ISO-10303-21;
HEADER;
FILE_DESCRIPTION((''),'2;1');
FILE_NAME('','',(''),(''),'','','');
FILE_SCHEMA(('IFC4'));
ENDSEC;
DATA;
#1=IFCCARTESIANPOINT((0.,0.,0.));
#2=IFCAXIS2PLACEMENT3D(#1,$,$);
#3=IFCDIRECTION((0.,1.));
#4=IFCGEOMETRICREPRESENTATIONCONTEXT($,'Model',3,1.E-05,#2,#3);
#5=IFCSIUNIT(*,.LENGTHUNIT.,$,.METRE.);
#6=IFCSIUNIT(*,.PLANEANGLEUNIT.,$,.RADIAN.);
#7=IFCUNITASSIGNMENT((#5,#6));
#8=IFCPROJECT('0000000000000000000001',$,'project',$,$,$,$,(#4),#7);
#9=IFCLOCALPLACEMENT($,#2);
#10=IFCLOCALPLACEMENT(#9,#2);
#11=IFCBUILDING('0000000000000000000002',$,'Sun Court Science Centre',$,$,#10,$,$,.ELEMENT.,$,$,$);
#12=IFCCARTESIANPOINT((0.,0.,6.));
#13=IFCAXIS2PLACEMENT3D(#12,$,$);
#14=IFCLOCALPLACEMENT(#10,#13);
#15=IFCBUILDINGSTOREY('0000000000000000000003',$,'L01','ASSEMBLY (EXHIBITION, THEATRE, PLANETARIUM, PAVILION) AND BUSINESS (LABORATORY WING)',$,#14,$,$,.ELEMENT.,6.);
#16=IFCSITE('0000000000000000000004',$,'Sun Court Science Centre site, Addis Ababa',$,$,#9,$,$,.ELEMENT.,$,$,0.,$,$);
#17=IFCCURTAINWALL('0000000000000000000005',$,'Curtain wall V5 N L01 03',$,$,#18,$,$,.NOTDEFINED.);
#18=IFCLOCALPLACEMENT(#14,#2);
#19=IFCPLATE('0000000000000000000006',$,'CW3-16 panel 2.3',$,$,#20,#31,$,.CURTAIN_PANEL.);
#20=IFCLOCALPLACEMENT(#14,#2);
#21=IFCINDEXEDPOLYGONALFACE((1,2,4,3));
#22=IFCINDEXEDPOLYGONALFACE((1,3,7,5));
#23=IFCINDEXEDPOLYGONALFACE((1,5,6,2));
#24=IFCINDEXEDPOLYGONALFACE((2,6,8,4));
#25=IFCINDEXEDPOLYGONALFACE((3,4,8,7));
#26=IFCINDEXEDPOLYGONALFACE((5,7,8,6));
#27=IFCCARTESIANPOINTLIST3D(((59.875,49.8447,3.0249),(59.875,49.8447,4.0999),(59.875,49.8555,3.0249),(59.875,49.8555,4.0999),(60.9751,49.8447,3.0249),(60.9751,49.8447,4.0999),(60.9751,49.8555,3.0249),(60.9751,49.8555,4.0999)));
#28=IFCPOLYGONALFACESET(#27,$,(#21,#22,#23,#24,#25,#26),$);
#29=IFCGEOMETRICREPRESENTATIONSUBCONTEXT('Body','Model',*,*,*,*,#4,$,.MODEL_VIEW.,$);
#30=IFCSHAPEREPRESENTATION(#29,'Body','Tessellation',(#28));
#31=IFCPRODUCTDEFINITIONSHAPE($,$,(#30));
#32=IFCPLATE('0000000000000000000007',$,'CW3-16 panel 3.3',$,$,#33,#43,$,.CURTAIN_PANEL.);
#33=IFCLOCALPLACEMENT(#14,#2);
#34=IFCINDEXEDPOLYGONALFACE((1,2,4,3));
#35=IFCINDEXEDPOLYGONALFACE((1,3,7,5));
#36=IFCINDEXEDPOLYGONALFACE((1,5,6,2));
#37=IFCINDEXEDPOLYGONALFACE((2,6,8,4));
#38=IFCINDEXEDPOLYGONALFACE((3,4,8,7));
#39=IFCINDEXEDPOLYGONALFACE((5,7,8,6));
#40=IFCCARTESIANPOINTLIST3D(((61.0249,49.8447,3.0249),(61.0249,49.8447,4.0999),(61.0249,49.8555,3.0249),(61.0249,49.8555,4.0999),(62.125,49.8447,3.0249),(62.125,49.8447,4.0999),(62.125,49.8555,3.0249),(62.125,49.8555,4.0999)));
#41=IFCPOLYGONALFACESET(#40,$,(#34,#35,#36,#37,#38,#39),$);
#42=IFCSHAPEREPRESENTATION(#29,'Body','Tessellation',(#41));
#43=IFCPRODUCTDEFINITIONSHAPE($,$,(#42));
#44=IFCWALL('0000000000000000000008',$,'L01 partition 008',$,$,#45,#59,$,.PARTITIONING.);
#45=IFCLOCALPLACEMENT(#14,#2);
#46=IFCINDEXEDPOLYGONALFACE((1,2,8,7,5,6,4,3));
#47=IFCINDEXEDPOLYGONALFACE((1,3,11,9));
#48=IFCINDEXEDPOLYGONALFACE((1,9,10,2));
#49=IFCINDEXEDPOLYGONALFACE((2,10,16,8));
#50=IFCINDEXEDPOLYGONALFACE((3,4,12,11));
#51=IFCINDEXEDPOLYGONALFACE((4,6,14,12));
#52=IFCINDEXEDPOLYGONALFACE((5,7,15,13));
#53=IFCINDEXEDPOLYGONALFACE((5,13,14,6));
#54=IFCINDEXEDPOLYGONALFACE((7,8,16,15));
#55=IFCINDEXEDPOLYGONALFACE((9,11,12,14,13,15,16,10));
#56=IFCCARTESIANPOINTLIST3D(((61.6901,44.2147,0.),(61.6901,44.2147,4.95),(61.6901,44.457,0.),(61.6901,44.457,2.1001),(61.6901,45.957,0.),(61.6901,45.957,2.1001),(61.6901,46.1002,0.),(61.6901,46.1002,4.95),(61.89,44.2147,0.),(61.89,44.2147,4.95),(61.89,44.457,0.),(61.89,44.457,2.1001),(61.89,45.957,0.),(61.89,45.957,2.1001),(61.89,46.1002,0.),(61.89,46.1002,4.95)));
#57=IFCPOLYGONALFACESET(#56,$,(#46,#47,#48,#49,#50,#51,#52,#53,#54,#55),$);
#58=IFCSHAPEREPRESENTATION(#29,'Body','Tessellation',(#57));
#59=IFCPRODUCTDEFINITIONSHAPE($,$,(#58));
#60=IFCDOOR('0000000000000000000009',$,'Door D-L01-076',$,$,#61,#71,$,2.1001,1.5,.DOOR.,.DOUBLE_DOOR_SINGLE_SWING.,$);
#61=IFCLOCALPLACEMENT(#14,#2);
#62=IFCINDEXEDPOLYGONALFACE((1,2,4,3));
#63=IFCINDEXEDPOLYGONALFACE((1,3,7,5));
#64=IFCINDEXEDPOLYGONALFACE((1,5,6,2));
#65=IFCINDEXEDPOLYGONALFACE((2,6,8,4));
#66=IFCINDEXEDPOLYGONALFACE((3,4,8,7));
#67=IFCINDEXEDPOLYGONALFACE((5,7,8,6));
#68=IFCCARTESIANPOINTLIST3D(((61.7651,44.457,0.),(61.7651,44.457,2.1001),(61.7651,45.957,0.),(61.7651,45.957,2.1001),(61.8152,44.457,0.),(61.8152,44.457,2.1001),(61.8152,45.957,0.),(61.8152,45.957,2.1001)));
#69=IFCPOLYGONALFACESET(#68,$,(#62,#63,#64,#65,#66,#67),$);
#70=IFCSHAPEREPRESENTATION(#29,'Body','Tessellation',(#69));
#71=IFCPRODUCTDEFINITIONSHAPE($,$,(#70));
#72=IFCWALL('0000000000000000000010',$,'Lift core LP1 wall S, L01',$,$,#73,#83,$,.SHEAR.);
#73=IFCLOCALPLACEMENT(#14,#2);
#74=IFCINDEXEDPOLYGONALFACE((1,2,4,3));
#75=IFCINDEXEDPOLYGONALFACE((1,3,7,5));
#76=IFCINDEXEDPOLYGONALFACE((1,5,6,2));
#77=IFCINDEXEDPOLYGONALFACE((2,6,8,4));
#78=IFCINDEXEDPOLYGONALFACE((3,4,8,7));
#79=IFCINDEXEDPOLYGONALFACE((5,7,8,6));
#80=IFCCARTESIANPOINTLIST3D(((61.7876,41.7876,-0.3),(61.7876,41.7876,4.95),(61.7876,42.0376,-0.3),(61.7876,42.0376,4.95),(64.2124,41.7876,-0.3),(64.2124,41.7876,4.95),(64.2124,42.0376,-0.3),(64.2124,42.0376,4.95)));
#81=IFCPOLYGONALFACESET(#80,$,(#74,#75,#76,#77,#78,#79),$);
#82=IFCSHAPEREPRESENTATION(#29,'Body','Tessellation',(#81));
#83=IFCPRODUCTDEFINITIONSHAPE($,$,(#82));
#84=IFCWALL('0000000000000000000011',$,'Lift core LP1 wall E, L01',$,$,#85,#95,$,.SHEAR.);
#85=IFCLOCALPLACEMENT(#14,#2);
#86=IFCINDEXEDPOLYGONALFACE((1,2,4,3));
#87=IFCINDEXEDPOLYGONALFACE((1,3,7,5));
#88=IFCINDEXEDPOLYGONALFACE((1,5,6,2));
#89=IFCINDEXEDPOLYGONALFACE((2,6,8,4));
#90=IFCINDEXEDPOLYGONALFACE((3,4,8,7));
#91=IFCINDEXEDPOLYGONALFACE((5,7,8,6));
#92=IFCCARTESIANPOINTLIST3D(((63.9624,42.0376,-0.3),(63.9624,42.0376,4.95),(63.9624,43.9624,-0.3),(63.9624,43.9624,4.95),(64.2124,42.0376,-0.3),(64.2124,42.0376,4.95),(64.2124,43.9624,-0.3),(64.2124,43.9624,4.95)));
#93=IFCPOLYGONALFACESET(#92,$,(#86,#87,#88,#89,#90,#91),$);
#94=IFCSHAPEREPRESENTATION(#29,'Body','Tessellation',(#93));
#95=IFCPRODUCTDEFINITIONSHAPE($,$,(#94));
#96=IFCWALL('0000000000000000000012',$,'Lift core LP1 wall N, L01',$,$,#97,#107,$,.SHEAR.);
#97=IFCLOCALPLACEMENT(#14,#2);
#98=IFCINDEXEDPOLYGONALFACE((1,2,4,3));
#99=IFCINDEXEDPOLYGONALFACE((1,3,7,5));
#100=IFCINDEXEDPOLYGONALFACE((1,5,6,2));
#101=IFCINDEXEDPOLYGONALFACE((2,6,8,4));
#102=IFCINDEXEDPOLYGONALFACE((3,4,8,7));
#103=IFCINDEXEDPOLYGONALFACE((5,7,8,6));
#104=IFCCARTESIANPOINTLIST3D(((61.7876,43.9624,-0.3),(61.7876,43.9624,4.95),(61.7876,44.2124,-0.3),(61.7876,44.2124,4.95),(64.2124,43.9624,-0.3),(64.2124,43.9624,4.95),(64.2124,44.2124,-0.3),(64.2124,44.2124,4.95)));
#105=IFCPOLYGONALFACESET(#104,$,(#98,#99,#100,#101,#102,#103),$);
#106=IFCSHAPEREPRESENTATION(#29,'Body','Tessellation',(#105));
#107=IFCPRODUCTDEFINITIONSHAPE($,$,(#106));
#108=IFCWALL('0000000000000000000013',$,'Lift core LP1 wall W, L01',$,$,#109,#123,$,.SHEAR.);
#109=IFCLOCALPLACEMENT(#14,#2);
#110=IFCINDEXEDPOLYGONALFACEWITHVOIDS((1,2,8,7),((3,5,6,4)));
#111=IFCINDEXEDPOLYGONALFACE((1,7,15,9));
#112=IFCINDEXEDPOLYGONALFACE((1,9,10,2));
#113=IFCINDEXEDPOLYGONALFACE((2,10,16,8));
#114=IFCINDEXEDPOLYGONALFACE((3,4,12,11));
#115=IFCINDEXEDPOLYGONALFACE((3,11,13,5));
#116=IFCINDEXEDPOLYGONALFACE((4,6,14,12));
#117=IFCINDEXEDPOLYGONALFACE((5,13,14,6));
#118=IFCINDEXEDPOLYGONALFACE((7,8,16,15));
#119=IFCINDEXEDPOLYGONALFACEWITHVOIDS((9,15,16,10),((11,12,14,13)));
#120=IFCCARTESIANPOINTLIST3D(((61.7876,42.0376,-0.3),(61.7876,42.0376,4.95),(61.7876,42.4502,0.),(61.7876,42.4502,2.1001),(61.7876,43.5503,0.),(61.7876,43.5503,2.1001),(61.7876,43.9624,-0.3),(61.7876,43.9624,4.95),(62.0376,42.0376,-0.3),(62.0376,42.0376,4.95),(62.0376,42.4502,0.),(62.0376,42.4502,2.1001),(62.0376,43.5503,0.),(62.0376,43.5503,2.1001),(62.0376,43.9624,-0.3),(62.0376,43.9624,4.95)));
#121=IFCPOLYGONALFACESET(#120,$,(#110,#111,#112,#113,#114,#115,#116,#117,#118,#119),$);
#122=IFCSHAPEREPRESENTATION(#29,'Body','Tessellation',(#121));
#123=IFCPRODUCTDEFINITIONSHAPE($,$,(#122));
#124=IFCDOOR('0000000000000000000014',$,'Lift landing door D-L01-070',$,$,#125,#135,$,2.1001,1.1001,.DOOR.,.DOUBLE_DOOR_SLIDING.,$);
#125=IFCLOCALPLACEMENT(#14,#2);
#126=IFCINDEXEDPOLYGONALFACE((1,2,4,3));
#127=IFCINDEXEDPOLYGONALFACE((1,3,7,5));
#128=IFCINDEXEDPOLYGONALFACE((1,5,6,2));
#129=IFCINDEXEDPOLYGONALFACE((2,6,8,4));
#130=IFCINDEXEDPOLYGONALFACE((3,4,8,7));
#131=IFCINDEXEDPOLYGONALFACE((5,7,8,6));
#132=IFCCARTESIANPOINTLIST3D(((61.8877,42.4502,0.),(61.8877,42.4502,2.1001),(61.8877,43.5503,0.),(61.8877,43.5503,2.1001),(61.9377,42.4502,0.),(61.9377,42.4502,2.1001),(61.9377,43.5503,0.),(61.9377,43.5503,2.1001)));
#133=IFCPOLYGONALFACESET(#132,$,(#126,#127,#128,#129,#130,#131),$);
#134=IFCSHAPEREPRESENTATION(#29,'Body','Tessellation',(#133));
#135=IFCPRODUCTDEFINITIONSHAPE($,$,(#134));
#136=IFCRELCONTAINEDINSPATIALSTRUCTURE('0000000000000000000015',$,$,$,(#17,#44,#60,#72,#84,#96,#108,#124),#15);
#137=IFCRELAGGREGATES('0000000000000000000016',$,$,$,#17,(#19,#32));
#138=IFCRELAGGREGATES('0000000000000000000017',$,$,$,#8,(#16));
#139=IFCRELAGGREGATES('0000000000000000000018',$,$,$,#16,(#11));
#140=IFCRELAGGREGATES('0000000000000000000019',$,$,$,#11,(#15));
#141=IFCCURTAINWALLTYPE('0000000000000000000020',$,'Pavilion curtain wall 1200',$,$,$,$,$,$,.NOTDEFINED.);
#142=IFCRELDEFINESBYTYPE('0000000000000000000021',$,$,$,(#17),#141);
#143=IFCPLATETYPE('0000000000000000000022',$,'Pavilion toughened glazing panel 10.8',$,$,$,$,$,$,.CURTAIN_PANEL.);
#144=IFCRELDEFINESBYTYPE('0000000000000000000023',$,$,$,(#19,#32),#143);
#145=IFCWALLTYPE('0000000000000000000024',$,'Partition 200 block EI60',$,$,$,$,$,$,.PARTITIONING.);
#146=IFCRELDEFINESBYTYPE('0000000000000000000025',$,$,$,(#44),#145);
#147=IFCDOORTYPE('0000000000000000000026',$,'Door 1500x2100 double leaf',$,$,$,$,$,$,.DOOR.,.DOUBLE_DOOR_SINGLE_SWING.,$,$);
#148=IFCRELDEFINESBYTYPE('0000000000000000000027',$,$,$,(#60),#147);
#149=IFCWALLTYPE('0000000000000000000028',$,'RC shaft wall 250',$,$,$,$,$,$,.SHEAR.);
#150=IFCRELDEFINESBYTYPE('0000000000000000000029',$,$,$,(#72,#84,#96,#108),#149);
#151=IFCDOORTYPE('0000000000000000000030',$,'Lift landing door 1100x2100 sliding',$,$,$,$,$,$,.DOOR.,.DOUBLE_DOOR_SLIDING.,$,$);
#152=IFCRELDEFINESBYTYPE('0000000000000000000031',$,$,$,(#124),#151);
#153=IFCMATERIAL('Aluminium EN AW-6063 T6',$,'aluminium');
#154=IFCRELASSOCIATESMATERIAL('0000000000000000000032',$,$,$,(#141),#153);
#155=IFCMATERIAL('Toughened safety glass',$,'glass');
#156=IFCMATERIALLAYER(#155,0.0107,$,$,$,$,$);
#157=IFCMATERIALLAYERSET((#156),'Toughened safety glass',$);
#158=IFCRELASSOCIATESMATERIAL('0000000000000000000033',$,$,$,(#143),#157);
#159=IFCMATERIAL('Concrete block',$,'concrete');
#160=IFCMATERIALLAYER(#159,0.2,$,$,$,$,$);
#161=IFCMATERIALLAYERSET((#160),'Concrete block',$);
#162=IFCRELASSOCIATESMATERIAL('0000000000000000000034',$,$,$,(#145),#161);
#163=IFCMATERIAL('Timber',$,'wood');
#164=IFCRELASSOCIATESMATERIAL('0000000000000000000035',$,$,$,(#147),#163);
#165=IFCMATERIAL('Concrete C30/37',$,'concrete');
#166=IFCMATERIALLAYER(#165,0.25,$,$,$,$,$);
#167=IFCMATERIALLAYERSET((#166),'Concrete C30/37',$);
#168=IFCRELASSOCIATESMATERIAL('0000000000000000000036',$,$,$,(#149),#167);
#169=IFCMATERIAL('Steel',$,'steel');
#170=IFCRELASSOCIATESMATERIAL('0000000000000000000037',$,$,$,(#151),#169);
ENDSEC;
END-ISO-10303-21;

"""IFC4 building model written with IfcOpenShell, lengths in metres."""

from ifc_helpers import new_model, si_unit, direction, frame, frame_2d, origin, origin_2d, place, context, subcontext, project, spatial, rectangle, extrude, material, layer, layer_set, type_object, element, fill, aggregate, save


model = new_model("IFC4")

# Units and contexts
model_context = context("Model", 3, precision=1e-05, world=origin(), true_north=direction((0.0, 1.0)))
body_context = subcontext(model_context, "Body", "Model", "MODEL_VIEW")
ifc_project = project(units=[si_unit("LENGTHUNIT", "METRE"), si_unit("PLANEANGLEUNIT", "RADIAN")], contexts=[model_context])

# Site, building, storey
site_placement = place(None, origin())
site = spatial("IfcSite", under=ifc_project, at=site_placement, Name="Sun Court Science Centre site, Addis Ababa", CompositionType="ELEMENT", RefElevation=0.0)
building_placement = place(site_placement, origin())
building = spatial("IfcBuilding", under=site, at=building_placement, Name="Sun Court Science Centre", CompositionType="ELEMENT")
storey_placement = place(building_placement, frame((0.0, 0.0, 6.0)))
storey = spatial("IfcBuildingStorey", under=building, at=storey_placement, Name="L01", Description="ASSEMBLY (EXHIBITION, THEATRE, PLANETARIUM, PAVILION) AND BUSINESS (LABORATORY WING)", CompositionType="ELEMENT", Elevation=6.0)

# Curtain wall, plates
ifc_material_1 = material(Name="Aluminium EN AW-6063 T6", Category="aluminium")
curtain_wall_type = type_object("IfcCurtainWallType", Name="Pavilion curtain wall 1200", PredefinedType="NOTDEFINED", material=ifc_material_1)
curtain_wall_placement = place(storey_placement, origin())
curtain_wall = element("IfcCurtainWall", 1, at=curtain_wall_placement, inside=storey, type_object=curtain_wall_type, Name="Curtain wall V5 N L01 03", PredefinedType="NOTDEFINED")
ifc_material_2 = material(Name="Toughened safety glass", Category="glass")
ifc_layer_1 = layer(ifc_material_2, 0.0107)
ifc_layer_set_1 = layer_set([ifc_layer_1], Name="Toughened safety glass")
plate_type = type_object("IfcPlateType", Name="Pavilion toughened glazing panel 10.8", PredefinedType="CURTAIN_PANEL", material=ifc_layer_set_1)
plate_1_placement = place(storey_placement, frame((60.425, 49.8501, 3.0249), z_axis=(0.0, 0.0, 1.0), x_axis=(1.0, 0.0, 0.0)))
plate_1 = element("IfcPlate", 2, at=plate_1_placement, type_object=plate_type, Name="CW3-16 panel 2.3", PredefinedType="CURTAIN_PANEL", context=body_context, shape_type="SweptSolid", body=[
    extrude(rectangle(XDim=1.1001, YDim=0.0107, at=origin_2d()), origin(), (0.0, 0.0, 1.0), 1.075),
])
plate_2_placement = place(storey_placement, frame((61.575, 49.8501, 3.0249), z_axis=(0.0, 0.0, 1.0), x_axis=(1.0, 0.0, 0.0)))
plate_2 = element("IfcPlate", 3, at=plate_2_placement, type_object=plate_type, Name="CW3-16 panel 3.3", PredefinedType="CURTAIN_PANEL", context=body_context, shape_type="SweptSolid", body=[
    extrude(rectangle(XDim=1.1001, YDim=0.0107, at=origin_2d()), origin(), (0.0, 0.0, 1.0), 1.075),
])
aggregate(curtain_wall, [plate_1, plate_2])

# Wall, opening, door
ifc_material_3 = material(Name="Concrete block", Category="concrete")
ifc_layer_2 = layer(ifc_material_3, 0.2)
ifc_layer_set_2 = layer_set([ifc_layer_2], Name="Concrete block")
wall_type_1 = type_object("IfcWallType", Name="Partition 200 block EI60", PredefinedType="PARTITIONING", material=ifc_layer_set_2)
wall_1_placement = place(storey_placement, frame((61.79, 44.2146, 0.0), z_axis=(0.0, 0.0, 1.0), x_axis=(0.0, 1.0, 0.0)))
wall_1 = element("IfcWall", 4, at=wall_1_placement, inside=storey, type_object=wall_type_1, Name="L01 partition 008", PredefinedType="PARTITIONING", context=body_context, shape_type="SweptSolid", body=[
    extrude(rectangle(XDim=1.8855, YDim=0.2, at=frame_2d((0.9429, 0.0))), origin(), (0.0, 0.0, 1.0), 4.95),
])
opening_1_placement = place(wall_1_placement, frame((0.2424, 0.0, 0.0)))
opening_1 = element("IfcOpeningElement", 5, at=opening_1_placement, cuts=wall_1, PredefinedType="OPENING", context=body_context, shape_type="SweptSolid", body=[
    extrude(rectangle(XDim=1.5, YDim=2.1001, at=frame_2d((0.75, 1.05))), frame((0.0, 0.1099, 0.0), z_axis=(0.0, -1.0, 0.0), x_axis=(1.0, 0.0, 0.0)), (0.0, 0.0, 1.0), 0.22),
])
ifc_material_4 = material(Name="Timber", Category="wood")
door_type_1 = type_object("IfcDoorType", Name="Door 1500x2100 double leaf", OperationType="DOUBLE_DOOR_SINGLE_SWING", PredefinedType="DOOR", material=ifc_material_4)
door_1_placement = place(opening_1_placement, origin())
door_1 = element("IfcDoor", 6, at=door_1_placement, inside=storey, type_object=door_type_1, Name="Door D-L01-076", OperationType="DOUBLE_DOOR_SINGLE_SWING", OverallHeight=2.1001, OverallWidth=1.5, PredefinedType="DOOR", context=body_context, shape_type="SweptSolid", body=[
    extrude(rectangle(XDim=1.5, YDim=2.1001, at=frame_2d((0.75, 1.05))), frame((0.0, 0.0249, 0.0), z_axis=(0.0, -1.0, 0.0), x_axis=(1.0, 0.0, 0.0)), (0.0, 0.0, 1.0), 0.05),
])
fill(opening_1, door_1)

# Walls
ifc_material_5 = material(Name="Concrete C30/37", Category="concrete")
ifc_layer_3 = layer(ifc_material_5, 0.25)
ifc_layer_set_3 = layer_set([ifc_layer_3], Name="Concrete C30/37")
wall_type_2 = type_object("IfcWallType", Name="RC shaft wall 250", PredefinedType="SHEAR", material=ifc_layer_set_3)
wall_2_placement = place(storey_placement, frame((61.7876, 41.9126, -0.3), z_axis=(0.0, 0.0, 1.0), x_axis=(1.0, 0.0, 0.0)))
element("IfcWall", 7, at=wall_2_placement, inside=storey, type_object=wall_type_2, Name="Lift core LP1 wall S, L01", PredefinedType="SHEAR", context=body_context, shape_type="SweptSolid", body=[
    extrude(rectangle(XDim=2.4248, YDim=0.25, at=frame_2d((1.2124, 0.0))), origin(), (0.0, 0.0, 1.0), 5.25),
])
wall_3_placement = place(storey_placement, frame((64.0874, 42.0376, -0.3), z_axis=(0.0, 0.0, 1.0), x_axis=(0.0, 1.0, 0.0)))
element("IfcWall", 8, at=wall_3_placement, inside=storey, type_object=wall_type_2, Name="Lift core LP1 wall E, L01", PredefinedType="SHEAR", context=body_context, shape_type="SweptSolid", body=[
    extrude(rectangle(XDim=1.9248, YDim=0.25, at=frame_2d((0.9624, 0.0))), origin(), (0.0, 0.0, 1.0), 5.25),
])
wall_4_placement = place(storey_placement, frame((61.7876, 44.0874, -0.3), z_axis=(0.0, 0.0, 1.0), x_axis=(1.0, 0.0, 0.0)))
element("IfcWall", 9, at=wall_4_placement, inside=storey, type_object=wall_type_2, Name="Lift core LP1 wall N, L01", PredefinedType="SHEAR", context=body_context, shape_type="SweptSolid", body=[
    extrude(rectangle(XDim=2.4248, YDim=0.25, at=frame_2d((1.2124, 0.0))), origin(), (0.0, 0.0, 1.0), 5.25),
])

# Wall, opening, door
wall_5_placement = place(storey_placement, frame((61.9126, 42.0376, -0.3), z_axis=(0.0, 0.0, 1.0), x_axis=(0.0, 1.0, 0.0)))
wall_5 = element("IfcWall", 10, at=wall_5_placement, inside=storey, type_object=wall_type_2, Name="Lift core LP1 wall W, L01", PredefinedType="SHEAR", context=body_context, shape_type="SweptSolid", body=[
    extrude(rectangle(XDim=1.9248, YDim=0.25, at=frame_2d((0.9624, 0.0))), origin(), (0.0, 0.0, 1.0), 5.25),
])
opening_2_placement = place(wall_5_placement, frame((0.4126, 0.0, 0.3)))
opening_2 = element("IfcOpeningElement", 11, at=opening_2_placement, cuts=wall_5, PredefinedType="OPENING", context=body_context, shape_type="SweptSolid", body=[
    extrude(rectangle(XDim=1.1001, YDim=2.1001, at=frame_2d((0.55, 1.05))), frame((0.0, 0.135, 0.0), z_axis=(0.0, -1.0, 0.0), x_axis=(1.0, 0.0, 0.0)), (0.0, 0.0, 1.0), 0.27),
])
ifc_material_6 = material(Name="Steel", Category="steel")
door_type_2 = type_object("IfcDoorType", Name="Lift landing door 1100x2100 sliding", OperationType="DOUBLE_DOOR_SLIDING", PredefinedType="DOOR", material=ifc_material_6)
door_2_placement = place(opening_2_placement, origin())
door_2 = element("IfcDoor", 12, at=door_2_placement, inside=storey, type_object=door_type_2, Name="Lift landing door D-L01-070", OperationType="DOUBLE_DOOR_SLIDING", OverallHeight=2.1001, OverallWidth=1.1001, PredefinedType="DOOR", context=body_context, shape_type="SweptSolid", body=[
    extrude(rectangle(XDim=1.1001, YDim=2.1001, at=frame_2d((0.55, 1.05))), frame((0.0, 0.0249, 0.0), z_axis=(0.0, -1.0, 0.0), x_axis=(1.0, 0.0, 0.0)), (0.0, 0.0, 1.0), 0.05),
])
fill(opening_2, door_2)

save(model, "model.ifc")
